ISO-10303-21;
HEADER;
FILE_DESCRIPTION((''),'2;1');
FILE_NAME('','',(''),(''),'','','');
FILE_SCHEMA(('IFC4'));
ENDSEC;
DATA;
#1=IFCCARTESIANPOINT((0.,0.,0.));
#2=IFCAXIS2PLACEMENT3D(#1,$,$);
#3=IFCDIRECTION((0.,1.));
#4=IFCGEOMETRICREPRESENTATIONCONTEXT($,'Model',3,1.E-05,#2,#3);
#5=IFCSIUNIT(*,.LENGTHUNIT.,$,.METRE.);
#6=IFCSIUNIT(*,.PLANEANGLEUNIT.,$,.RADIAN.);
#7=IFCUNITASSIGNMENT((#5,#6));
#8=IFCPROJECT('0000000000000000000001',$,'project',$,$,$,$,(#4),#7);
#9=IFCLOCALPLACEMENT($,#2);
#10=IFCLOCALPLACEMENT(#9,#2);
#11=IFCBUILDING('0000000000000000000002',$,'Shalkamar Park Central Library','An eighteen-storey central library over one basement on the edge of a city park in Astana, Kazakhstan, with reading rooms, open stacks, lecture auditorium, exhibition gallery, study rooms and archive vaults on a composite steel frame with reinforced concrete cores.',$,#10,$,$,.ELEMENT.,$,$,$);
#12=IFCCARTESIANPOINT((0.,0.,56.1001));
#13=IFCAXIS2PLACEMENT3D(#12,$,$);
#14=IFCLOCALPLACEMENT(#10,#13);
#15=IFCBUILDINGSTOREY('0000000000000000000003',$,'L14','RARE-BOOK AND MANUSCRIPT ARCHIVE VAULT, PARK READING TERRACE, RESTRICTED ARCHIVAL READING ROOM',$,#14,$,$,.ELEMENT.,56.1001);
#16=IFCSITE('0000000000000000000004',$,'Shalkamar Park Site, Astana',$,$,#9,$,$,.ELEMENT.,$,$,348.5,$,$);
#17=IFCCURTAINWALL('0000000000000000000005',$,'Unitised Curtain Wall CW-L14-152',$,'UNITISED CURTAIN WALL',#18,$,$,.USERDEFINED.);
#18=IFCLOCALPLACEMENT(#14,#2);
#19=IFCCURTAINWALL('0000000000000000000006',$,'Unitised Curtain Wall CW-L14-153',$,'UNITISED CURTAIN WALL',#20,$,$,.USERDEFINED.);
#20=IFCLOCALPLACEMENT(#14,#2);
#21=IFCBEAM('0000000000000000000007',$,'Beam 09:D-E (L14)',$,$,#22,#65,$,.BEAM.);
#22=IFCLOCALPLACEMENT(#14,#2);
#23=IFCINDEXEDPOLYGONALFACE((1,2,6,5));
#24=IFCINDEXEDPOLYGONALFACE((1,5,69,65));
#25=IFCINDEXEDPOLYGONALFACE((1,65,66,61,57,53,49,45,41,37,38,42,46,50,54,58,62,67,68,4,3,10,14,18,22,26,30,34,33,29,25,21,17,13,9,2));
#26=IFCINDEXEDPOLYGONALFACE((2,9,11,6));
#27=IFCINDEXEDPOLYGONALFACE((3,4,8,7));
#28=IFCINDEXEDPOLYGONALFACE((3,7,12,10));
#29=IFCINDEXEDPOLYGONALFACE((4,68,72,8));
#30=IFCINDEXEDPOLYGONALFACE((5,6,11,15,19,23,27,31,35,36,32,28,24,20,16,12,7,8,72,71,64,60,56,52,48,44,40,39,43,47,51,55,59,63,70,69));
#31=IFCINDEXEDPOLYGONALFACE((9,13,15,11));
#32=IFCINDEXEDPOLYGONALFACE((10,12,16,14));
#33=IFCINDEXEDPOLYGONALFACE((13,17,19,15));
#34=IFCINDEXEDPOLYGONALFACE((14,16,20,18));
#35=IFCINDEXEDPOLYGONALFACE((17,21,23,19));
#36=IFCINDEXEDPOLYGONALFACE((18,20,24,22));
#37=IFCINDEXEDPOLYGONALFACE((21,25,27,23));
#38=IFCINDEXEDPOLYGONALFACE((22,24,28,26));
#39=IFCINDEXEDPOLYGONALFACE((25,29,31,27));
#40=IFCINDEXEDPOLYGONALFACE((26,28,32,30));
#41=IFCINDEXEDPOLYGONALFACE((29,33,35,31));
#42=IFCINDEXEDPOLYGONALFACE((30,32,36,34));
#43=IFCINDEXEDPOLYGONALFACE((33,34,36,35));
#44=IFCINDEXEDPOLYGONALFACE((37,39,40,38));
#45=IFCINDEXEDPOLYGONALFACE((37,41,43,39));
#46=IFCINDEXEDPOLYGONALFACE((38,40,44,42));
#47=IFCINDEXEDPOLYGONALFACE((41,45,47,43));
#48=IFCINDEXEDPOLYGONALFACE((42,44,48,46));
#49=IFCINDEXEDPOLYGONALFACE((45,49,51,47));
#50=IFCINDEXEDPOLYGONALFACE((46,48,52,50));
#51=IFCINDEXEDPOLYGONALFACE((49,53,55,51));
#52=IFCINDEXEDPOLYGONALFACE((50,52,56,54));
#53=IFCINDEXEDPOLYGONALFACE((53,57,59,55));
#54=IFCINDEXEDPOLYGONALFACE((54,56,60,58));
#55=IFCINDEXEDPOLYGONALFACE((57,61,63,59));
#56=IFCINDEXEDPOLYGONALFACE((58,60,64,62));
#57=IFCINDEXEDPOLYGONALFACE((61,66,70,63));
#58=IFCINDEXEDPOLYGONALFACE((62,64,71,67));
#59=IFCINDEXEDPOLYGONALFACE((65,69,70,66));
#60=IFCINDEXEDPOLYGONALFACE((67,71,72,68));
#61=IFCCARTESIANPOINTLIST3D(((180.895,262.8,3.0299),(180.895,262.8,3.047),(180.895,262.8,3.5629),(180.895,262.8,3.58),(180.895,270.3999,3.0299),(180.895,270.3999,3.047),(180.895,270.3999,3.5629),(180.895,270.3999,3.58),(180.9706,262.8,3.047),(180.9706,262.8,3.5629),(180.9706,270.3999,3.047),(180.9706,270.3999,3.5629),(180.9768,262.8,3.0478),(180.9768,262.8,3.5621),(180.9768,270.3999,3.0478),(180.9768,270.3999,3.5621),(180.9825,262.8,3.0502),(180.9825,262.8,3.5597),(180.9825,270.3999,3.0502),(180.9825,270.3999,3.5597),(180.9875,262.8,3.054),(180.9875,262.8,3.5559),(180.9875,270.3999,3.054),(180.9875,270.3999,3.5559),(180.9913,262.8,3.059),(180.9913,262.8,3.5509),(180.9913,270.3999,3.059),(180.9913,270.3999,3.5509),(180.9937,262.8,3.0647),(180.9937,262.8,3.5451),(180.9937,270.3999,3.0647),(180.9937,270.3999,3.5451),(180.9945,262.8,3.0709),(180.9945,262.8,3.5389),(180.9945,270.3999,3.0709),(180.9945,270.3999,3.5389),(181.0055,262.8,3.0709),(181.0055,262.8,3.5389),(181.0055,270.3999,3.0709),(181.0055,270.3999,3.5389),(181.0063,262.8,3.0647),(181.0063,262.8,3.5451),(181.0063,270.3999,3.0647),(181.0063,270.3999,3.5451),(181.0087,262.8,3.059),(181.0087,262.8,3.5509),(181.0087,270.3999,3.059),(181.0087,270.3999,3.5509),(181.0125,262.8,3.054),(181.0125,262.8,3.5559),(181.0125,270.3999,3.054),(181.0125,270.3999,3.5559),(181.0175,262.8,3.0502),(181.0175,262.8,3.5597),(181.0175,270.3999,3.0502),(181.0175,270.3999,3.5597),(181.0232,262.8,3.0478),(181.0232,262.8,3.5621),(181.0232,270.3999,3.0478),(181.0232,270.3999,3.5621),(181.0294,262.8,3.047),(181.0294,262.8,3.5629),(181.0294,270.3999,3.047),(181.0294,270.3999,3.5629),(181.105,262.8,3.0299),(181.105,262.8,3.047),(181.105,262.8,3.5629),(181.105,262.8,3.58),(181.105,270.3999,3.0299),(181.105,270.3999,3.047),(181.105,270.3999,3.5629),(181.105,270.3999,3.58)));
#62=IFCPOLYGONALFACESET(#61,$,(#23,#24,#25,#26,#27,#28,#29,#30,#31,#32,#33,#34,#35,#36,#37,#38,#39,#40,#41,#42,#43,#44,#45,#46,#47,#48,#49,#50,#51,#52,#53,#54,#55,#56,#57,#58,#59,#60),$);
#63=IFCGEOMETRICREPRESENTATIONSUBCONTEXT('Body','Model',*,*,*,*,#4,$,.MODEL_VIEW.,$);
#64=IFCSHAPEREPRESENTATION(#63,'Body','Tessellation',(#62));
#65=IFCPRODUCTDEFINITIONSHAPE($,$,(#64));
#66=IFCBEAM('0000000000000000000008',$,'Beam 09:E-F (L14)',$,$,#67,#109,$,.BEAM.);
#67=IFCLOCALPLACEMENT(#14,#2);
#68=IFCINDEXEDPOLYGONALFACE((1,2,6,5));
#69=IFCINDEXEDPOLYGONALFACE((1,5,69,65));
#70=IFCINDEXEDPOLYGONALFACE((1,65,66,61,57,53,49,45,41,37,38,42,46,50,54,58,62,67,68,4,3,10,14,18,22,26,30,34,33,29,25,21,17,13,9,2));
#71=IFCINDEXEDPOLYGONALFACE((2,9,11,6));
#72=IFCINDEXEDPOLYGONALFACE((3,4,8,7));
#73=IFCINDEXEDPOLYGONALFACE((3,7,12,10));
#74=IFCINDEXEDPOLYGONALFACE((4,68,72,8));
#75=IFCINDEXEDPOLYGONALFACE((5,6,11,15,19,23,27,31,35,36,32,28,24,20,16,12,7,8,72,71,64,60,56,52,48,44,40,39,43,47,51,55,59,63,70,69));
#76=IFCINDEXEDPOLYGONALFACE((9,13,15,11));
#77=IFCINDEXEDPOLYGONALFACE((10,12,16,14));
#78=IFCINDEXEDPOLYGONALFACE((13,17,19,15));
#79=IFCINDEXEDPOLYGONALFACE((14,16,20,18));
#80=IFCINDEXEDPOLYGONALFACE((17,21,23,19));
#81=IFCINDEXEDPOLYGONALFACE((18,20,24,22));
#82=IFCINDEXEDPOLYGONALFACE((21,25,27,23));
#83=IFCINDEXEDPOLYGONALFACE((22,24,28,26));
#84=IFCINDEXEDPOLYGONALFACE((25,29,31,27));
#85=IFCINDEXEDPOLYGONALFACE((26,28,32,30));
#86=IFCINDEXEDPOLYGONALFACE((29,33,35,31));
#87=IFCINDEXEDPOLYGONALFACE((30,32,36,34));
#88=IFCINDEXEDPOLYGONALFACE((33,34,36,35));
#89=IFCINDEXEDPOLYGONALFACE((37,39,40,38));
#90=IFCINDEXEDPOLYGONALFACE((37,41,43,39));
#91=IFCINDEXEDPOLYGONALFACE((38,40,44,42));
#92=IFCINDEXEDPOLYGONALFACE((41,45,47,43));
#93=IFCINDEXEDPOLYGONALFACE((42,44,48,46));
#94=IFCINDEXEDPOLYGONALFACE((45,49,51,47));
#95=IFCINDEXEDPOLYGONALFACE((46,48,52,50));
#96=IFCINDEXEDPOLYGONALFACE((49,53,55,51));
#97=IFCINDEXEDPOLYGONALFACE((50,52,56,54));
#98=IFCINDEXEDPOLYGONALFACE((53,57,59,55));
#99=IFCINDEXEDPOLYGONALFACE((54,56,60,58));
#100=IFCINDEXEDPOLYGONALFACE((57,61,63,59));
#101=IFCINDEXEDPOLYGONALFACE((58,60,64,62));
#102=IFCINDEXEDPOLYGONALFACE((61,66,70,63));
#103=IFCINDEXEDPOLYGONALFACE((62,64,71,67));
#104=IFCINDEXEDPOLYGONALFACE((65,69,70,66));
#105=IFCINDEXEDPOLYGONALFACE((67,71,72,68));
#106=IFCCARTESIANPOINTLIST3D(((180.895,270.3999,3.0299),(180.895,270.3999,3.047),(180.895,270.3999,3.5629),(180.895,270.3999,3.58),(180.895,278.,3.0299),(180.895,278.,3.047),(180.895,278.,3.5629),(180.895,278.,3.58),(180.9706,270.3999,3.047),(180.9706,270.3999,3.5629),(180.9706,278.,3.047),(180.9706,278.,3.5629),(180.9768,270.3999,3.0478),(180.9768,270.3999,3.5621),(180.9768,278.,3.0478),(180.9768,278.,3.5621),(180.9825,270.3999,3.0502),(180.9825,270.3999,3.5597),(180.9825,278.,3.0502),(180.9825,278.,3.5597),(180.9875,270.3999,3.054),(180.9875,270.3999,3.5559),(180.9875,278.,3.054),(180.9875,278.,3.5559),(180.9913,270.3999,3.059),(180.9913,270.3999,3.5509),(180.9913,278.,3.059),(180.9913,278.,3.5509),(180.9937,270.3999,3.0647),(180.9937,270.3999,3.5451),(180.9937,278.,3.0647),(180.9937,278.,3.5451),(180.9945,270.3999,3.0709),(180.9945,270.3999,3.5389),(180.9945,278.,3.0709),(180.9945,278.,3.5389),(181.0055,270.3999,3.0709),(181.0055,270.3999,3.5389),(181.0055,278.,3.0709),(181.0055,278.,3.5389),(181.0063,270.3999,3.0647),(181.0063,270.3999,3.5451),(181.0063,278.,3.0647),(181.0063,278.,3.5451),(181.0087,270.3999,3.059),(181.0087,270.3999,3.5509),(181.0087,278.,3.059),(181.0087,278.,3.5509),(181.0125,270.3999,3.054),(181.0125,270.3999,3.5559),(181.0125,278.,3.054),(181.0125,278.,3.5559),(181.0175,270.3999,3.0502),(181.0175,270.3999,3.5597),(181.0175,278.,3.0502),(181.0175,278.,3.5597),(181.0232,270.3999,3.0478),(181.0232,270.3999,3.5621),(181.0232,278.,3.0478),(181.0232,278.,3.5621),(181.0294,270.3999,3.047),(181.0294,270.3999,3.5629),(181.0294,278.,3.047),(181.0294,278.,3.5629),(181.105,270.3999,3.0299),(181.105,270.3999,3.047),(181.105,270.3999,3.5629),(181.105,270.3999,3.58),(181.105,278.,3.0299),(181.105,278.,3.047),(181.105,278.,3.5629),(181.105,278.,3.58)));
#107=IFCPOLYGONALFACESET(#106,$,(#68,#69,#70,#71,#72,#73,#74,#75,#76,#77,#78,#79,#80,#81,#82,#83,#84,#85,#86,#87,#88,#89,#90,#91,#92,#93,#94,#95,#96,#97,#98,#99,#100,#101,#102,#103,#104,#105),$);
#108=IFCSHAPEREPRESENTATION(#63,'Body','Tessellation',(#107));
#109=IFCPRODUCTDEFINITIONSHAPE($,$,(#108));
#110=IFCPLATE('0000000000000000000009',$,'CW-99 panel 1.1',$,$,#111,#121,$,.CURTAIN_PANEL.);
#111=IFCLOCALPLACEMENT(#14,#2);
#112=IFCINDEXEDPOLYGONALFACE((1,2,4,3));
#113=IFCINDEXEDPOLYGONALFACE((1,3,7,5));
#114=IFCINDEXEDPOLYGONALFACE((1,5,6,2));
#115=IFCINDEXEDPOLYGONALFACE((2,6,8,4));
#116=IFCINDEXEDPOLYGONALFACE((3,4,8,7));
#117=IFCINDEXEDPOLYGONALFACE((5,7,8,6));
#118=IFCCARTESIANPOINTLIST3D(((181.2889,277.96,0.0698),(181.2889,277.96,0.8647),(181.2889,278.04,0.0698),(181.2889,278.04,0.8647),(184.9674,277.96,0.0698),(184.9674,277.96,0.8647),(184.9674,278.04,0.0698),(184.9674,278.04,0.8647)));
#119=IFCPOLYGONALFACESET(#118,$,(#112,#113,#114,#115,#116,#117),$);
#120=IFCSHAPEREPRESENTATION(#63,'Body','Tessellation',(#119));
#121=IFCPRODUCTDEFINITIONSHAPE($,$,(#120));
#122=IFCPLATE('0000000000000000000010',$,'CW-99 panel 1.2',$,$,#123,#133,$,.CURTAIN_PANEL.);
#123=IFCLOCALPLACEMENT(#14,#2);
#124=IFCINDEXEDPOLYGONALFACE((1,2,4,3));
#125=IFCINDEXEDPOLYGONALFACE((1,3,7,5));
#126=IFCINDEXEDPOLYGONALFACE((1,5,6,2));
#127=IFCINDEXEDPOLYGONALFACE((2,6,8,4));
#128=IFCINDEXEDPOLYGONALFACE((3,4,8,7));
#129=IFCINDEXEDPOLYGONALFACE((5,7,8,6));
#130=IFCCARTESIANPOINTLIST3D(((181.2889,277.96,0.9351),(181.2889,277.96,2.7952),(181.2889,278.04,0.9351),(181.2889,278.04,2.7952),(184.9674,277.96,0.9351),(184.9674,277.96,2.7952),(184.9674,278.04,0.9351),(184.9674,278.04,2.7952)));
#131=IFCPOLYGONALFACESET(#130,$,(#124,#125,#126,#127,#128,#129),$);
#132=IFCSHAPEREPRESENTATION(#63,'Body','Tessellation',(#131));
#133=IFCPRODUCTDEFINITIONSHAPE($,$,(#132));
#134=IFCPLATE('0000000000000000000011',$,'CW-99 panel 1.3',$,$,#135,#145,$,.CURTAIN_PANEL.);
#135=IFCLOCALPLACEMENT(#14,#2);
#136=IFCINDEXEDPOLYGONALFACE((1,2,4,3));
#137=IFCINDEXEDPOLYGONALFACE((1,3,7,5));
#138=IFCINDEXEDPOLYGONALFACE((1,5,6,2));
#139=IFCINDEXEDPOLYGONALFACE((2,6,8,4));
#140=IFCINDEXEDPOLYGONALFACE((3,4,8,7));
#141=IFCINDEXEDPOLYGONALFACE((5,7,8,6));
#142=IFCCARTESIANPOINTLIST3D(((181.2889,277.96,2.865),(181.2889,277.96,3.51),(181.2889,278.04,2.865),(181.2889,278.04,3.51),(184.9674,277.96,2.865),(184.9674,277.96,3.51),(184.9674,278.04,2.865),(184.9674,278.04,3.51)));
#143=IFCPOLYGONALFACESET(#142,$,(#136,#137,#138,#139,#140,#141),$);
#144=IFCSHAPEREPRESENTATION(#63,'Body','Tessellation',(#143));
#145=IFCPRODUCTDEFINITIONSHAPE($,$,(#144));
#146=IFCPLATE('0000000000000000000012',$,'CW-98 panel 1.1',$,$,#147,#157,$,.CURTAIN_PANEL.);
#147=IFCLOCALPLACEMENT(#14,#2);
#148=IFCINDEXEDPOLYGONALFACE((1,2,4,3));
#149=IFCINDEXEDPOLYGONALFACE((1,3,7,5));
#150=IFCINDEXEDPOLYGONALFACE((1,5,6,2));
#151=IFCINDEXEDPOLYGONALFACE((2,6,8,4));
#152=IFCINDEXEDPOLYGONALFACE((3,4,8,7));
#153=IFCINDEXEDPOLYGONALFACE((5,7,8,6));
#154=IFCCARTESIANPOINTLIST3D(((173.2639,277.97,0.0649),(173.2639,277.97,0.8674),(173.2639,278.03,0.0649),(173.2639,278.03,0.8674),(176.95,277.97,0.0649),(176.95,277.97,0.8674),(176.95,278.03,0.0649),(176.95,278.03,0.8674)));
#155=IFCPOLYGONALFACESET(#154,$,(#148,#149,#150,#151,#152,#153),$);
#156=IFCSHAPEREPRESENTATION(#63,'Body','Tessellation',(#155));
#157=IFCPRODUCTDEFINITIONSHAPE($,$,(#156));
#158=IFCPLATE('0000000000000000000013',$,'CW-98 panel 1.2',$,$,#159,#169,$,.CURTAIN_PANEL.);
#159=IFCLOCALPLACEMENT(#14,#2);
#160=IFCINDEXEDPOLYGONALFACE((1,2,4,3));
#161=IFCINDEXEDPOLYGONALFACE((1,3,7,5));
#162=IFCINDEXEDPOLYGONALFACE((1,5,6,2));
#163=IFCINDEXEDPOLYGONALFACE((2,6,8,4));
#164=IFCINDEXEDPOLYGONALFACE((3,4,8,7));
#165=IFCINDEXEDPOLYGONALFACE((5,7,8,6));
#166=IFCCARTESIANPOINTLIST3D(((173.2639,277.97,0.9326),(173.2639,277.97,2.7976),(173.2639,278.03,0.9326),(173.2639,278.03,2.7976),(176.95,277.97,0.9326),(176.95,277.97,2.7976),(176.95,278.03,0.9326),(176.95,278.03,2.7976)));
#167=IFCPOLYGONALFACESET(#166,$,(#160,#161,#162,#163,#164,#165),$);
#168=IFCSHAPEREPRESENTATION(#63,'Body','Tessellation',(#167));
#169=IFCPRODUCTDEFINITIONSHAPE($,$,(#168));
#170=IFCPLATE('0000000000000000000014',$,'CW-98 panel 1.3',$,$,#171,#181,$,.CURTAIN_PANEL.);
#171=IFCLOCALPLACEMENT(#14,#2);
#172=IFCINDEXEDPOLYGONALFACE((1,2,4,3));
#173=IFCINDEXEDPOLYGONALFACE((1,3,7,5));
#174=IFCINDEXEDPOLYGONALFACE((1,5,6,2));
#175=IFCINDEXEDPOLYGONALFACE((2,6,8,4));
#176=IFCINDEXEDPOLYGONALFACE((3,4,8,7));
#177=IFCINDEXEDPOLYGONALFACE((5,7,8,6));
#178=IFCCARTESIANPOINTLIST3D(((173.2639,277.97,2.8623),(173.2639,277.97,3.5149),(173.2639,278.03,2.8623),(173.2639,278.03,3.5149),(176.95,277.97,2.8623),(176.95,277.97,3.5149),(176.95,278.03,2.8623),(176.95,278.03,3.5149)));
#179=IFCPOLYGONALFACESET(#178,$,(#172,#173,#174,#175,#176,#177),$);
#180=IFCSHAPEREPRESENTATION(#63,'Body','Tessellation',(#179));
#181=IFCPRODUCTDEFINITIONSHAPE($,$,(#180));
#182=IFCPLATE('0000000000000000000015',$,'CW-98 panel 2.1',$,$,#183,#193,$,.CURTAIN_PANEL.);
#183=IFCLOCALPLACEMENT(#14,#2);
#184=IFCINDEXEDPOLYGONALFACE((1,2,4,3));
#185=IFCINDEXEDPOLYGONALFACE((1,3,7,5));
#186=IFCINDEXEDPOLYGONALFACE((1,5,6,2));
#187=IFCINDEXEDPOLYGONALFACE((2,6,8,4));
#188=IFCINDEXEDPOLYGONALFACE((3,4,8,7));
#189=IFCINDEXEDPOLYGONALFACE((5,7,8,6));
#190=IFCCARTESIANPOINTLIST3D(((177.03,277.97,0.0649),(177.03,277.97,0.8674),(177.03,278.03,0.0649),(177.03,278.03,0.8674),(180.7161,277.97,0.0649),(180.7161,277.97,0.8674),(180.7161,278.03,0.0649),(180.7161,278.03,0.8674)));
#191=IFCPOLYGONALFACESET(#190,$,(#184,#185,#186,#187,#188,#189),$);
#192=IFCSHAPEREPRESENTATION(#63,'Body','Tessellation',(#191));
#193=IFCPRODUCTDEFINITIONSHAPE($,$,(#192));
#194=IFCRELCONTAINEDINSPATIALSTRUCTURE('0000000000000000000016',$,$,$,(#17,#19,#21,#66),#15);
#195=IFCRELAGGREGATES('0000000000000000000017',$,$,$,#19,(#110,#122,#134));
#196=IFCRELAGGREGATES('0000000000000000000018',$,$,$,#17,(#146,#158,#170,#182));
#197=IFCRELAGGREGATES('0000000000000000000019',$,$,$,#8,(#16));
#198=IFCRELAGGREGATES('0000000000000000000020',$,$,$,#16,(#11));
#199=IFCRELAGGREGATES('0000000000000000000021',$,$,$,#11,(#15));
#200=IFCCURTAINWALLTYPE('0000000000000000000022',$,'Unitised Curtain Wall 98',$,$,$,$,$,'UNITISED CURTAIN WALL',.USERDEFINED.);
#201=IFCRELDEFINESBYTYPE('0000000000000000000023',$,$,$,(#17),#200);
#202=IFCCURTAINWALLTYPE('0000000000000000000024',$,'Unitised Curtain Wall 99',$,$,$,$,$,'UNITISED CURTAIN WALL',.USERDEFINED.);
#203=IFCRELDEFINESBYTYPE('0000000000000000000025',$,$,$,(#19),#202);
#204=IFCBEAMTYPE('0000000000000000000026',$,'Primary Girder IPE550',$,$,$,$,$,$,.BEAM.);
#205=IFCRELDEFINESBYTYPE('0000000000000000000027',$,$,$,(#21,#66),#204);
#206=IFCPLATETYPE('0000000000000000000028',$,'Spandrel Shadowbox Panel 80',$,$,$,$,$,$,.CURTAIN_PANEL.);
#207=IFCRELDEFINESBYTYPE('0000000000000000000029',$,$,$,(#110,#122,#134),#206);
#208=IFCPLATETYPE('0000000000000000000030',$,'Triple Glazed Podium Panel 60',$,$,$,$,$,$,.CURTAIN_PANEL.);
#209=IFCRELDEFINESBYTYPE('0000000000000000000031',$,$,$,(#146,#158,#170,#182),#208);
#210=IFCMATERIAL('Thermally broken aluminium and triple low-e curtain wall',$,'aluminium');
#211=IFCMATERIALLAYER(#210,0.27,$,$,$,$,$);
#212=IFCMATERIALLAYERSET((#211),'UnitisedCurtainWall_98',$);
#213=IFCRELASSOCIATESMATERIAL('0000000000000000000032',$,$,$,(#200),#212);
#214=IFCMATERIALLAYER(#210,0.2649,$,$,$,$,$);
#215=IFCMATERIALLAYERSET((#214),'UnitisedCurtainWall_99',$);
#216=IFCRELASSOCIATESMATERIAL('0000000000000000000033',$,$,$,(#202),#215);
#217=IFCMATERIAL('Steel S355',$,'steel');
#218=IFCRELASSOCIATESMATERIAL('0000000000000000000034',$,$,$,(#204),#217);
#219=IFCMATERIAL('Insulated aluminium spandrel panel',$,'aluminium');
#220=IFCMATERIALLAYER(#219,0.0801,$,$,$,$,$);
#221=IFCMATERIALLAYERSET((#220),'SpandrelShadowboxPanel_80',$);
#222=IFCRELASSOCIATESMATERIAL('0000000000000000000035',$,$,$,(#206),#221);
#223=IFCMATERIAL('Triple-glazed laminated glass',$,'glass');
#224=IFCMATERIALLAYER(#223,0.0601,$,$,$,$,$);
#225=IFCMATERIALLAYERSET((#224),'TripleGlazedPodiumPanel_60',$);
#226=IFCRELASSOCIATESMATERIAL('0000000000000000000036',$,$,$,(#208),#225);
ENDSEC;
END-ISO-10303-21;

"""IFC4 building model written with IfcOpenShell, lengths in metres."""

from ifc_helpers import new_model, si_unit, direction, frame, origin, origin_2d, place, context, subcontext, project, spatial, rectangle, i_section, extrude, material, layer, layer_set, material_profile, profile_set, type_object, element, aggregate, save


model = new_model("IFC4")

# Units and contexts
model_context = context("Model", 3, precision=1e-05, world=origin(), true_north=direction((0.0, 1.0)))
body_context = subcontext(model_context, "Body", "Model", "MODEL_VIEW")
ifc_project = project(units=[si_unit("LENGTHUNIT", "METRE"), si_unit("PLANEANGLEUNIT", "RADIAN")], contexts=[model_context])

# Site, building, storey
site_placement = place(None, origin())
site = spatial("IfcSite", under=ifc_project, at=site_placement, Name="Shalkamar Park Site, Astana", CompositionType="ELEMENT", RefElevation=348.5)
building_placement = place(site_placement, origin())
building = spatial("IfcBuilding", under=site, at=building_placement, Name="Shalkamar Park Central Library", Description="An eighteen-storey central library over one basement on the edge of a city park in Astana, Kazakhstan, with reading rooms, open stacks, lecture auditorium, exhibition gallery, study rooms and archive vaults on a composite steel frame with reinforced concrete cores.", CompositionType="ELEMENT")
storey_placement = place(building_placement, frame((0.0, 0.0, 56.1001)))
storey = spatial("IfcBuildingStorey", under=building, at=storey_placement, Name="L14", Description="RARE-BOOK AND MANUSCRIPT ARCHIVE VAULT, PARK READING TERRACE, RESTRICTED ARCHIVAL READING ROOM", CompositionType="ELEMENT", Elevation=56.1001)

# Shared definitions
ifc_material_1 = material(Name="Steel S355", Category="steel")

# Curtain walls
ifc_material_2 = material(Name="Thermally broken aluminium and triple low-e curtain wall", Category="aluminium")
ifc_layer_1 = layer(ifc_material_2, 0.27)
ifc_layer_set_1 = layer_set([ifc_layer_1], Name="UnitisedCurtainWall_98")
curtain_wall_type_1 = type_object("IfcCurtainWallType", Name="Unitised Curtain Wall 98", ElementType="UNITISED CURTAIN WALL", PredefinedType="USERDEFINED", material=ifc_layer_set_1)
curtain_wall_1_placement = place(storey_placement, origin())
curtain_wall_1 = element("IfcCurtainWall", 1, at=curtain_wall_1_placement, inside=storey, type_object=curtain_wall_type_1, Name="Unitised Curtain Wall CW-L14-152", ObjectType="UNITISED CURTAIN WALL", PredefinedType="USERDEFINED")
ifc_layer_2 = layer(ifc_material_2, 0.2649)
ifc_layer_set_2 = layer_set([ifc_layer_2], Name="UnitisedCurtainWall_99")
curtain_wall_type_2 = type_object("IfcCurtainWallType", Name="Unitised Curtain Wall 99", ElementType="UNITISED CURTAIN WALL", PredefinedType="USERDEFINED", material=ifc_layer_set_2)
curtain_wall_2_placement = place(storey_placement, origin())
curtain_wall_2 = element("IfcCurtainWall", 2, at=curtain_wall_2_placement, inside=storey, type_object=curtain_wall_type_2, Name="Unitised Curtain Wall CW-L14-153", ObjectType="UNITISED CURTAIN WALL", PredefinedType="USERDEFINED")

# Beams
ifc_material_profile_1 = material_profile(ifc_material_1, i_section(OverallWidth=0.21, OverallDepth=0.55, WebThickness=0.011, FlangeThickness=0.0171, FilletRadius=0.0239, at=origin_2d()), Name="IPE 550")
ifc_profile_set_1 = profile_set([ifc_material_profile_1], Name="Steel S355")
beam_type_1 = type_object("IfcBeamType", Name="Primary Girder IPE550", PredefinedType="BEAM", material=ifc_profile_set_1)
beam_1_placement = place(storey_placement, frame((181.0, 262.8, 3.3049), z_axis=(0.0, 1.0, 0.0), x_axis=(-1.0, 0.0, 0.0)))
element("IfcBeam", 3, at=beam_1_placement, inside=storey, type_object=beam_type_1, Name="Beam 09:D-E (L14)", PredefinedType="BEAM", context=body_context, shape_type="SweptSolid", body=[
    extrude(i_section(OverallWidth=0.21, OverallDepth=0.55, WebThickness=0.011, FlangeThickness=0.0171, FilletRadius=0.0239, at=origin_2d()), origin(), (0.0, 0.0, 1.0), 7.5999),
])
beam_2_placement = place(storey_placement, frame((181.0, 270.3999, 3.3049), z_axis=(0.0, 1.0, 0.0), x_axis=(-1.0, 0.0, 0.0)))
element("IfcBeam", 4, at=beam_2_placement, inside=storey, type_object=beam_type_1, Name="Beam 09:E-F (L14)", PredefinedType="BEAM", context=body_context, shape_type="SweptSolid", body=[
    extrude(i_section(OverallWidth=0.21, OverallDepth=0.55, WebThickness=0.011, FlangeThickness=0.0171, FilletRadius=0.0239, at=origin_2d()), origin(), (0.0, 0.0, 1.0), 7.6001),
])

# Plates
ifc_material_3 = material(Name="Insulated aluminium spandrel panel", Category="aluminium")
ifc_layer_3 = layer(ifc_material_3, 0.0801)
ifc_layer_set_3 = layer_set([ifc_layer_3], Name="SpandrelShadowboxPanel_80")
plate_type_1 = type_object("IfcPlateType", Name="Spandrel Shadowbox Panel 80", PredefinedType="CURTAIN_PANEL", material=ifc_layer_set_3)
plate_1_placement = place(storey_placement, frame((183.1282, 278.0, 0.0698), z_axis=(0.0, 0.0, 1.0), x_axis=(1.0, 0.0, 0.0)))
plate_1 = element("IfcPlate", 5, at=plate_1_placement, type_object=plate_type_1, Name="CW-99 panel 1.1", PredefinedType="CURTAIN_PANEL", context=body_context, shape_type="SweptSolid", body=[
    extrude(rectangle(XDim=3.6785, YDim=0.0801, at=origin_2d()), origin(), (0.0, 0.0, 1.0), 0.7949),
])
plate_2_placement = place(storey_placement, frame((183.1282, 278.0, 0.9351), z_axis=(0.0, 0.0, 1.0), x_axis=(1.0, 0.0, 0.0)))
plate_2 = element("IfcPlate", 6, at=plate_2_placement, type_object=plate_type_1, Name="CW-99 panel 1.2", PredefinedType="CURTAIN_PANEL", context=body_context, shape_type="SweptSolid", body=[
    extrude(rectangle(XDim=3.6785, YDim=0.0801, at=origin_2d()), origin(), (0.0, 0.0, 1.0), 1.8601),
])
plate_3_placement = place(storey_placement, frame((183.1282, 278.0, 2.865), z_axis=(0.0, 0.0, 1.0), x_axis=(1.0, 0.0, 0.0)))
plate_3 = element("IfcPlate", 7, at=plate_3_placement, type_object=plate_type_1, Name="CW-99 panel 1.3", PredefinedType="CURTAIN_PANEL", context=body_context, shape_type="SweptSolid", body=[
    extrude(rectangle(XDim=3.6785, YDim=0.0801, at=origin_2d()), origin(), (0.0, 0.0, 1.0), 0.645),
])
aggregate(curtain_wall_2, [plate_1, plate_2, plate_3])
ifc_material_4 = material(Name="Triple-glazed laminated glass", Category="glass")
ifc_layer_4 = layer(ifc_material_4, 0.0601)
ifc_layer_set_4 = layer_set([ifc_layer_4], Name="TripleGlazedPodiumPanel_60")
plate_type_2 = type_object("IfcPlateType", Name="Triple Glazed Podium Panel 60", PredefinedType="CURTAIN_PANEL", material=ifc_layer_set_4)
plate_4_placement = place(storey_placement, frame((175.1069, 278.0, 0.0649), z_axis=(0.0, 0.0, 1.0), x_axis=(1.0, 0.0, 0.0)))
plate_4 = element("IfcPlate", 8, at=plate_4_placement, type_object=plate_type_2, Name="CW-98 panel 1.1", PredefinedType="CURTAIN_PANEL", context=body_context, shape_type="SweptSolid", body=[
    extrude(rectangle(XDim=3.686, YDim=0.0601, at=origin_2d()), origin(), (0.0, 0.0, 1.0), 0.8025),
])
plate_5_placement = place(storey_placement, frame((175.1069, 278.0, 0.9326), z_axis=(0.0, 0.0, 1.0), x_axis=(1.0, 0.0, 0.0)))
plate_5 = element("IfcPlate", 9, at=plate_5_placement, type_object=plate_type_2, Name="CW-98 panel 1.2", PredefinedType="CURTAIN_PANEL", context=body_context, shape_type="SweptSolid", body=[
    extrude(rectangle(XDim=3.686, YDim=0.0601, at=origin_2d()), origin(), (0.0, 0.0, 1.0), 1.865),
])
plate_6_placement = place(storey_placement, frame((175.1069, 278.0, 2.8623), z_axis=(0.0, 0.0, 1.0), x_axis=(1.0, 0.0, 0.0)))
plate_6 = element("IfcPlate", 10, at=plate_6_placement, type_object=plate_type_2, Name="CW-98 panel 1.3", PredefinedType="CURTAIN_PANEL", context=body_context, shape_type="SweptSolid", body=[
    extrude(rectangle(XDim=3.686, YDim=0.0601, at=origin_2d()), origin(), (0.0, 0.0, 1.0), 0.6526),
])
plate_7_placement = place(storey_placement, frame((178.873, 278.0, 0.0649), z_axis=(0.0, 0.0, 1.0), x_axis=(1.0, 0.0, 0.0)))
plate_7 = element("IfcPlate", 11, at=plate_7_placement, type_object=plate_type_2, Name="CW-98 panel 2.1", PredefinedType="CURTAIN_PANEL", context=body_context, shape_type="SweptSolid", body=[
    extrude(rectangle(XDim=3.686, YDim=0.0601, at=origin_2d()), origin(), (0.0, 0.0, 1.0), 0.8025),
])
aggregate(curtain_wall_1, [plate_4, plate_5, plate_6, plate_7])

save(model, "model.ifc")
